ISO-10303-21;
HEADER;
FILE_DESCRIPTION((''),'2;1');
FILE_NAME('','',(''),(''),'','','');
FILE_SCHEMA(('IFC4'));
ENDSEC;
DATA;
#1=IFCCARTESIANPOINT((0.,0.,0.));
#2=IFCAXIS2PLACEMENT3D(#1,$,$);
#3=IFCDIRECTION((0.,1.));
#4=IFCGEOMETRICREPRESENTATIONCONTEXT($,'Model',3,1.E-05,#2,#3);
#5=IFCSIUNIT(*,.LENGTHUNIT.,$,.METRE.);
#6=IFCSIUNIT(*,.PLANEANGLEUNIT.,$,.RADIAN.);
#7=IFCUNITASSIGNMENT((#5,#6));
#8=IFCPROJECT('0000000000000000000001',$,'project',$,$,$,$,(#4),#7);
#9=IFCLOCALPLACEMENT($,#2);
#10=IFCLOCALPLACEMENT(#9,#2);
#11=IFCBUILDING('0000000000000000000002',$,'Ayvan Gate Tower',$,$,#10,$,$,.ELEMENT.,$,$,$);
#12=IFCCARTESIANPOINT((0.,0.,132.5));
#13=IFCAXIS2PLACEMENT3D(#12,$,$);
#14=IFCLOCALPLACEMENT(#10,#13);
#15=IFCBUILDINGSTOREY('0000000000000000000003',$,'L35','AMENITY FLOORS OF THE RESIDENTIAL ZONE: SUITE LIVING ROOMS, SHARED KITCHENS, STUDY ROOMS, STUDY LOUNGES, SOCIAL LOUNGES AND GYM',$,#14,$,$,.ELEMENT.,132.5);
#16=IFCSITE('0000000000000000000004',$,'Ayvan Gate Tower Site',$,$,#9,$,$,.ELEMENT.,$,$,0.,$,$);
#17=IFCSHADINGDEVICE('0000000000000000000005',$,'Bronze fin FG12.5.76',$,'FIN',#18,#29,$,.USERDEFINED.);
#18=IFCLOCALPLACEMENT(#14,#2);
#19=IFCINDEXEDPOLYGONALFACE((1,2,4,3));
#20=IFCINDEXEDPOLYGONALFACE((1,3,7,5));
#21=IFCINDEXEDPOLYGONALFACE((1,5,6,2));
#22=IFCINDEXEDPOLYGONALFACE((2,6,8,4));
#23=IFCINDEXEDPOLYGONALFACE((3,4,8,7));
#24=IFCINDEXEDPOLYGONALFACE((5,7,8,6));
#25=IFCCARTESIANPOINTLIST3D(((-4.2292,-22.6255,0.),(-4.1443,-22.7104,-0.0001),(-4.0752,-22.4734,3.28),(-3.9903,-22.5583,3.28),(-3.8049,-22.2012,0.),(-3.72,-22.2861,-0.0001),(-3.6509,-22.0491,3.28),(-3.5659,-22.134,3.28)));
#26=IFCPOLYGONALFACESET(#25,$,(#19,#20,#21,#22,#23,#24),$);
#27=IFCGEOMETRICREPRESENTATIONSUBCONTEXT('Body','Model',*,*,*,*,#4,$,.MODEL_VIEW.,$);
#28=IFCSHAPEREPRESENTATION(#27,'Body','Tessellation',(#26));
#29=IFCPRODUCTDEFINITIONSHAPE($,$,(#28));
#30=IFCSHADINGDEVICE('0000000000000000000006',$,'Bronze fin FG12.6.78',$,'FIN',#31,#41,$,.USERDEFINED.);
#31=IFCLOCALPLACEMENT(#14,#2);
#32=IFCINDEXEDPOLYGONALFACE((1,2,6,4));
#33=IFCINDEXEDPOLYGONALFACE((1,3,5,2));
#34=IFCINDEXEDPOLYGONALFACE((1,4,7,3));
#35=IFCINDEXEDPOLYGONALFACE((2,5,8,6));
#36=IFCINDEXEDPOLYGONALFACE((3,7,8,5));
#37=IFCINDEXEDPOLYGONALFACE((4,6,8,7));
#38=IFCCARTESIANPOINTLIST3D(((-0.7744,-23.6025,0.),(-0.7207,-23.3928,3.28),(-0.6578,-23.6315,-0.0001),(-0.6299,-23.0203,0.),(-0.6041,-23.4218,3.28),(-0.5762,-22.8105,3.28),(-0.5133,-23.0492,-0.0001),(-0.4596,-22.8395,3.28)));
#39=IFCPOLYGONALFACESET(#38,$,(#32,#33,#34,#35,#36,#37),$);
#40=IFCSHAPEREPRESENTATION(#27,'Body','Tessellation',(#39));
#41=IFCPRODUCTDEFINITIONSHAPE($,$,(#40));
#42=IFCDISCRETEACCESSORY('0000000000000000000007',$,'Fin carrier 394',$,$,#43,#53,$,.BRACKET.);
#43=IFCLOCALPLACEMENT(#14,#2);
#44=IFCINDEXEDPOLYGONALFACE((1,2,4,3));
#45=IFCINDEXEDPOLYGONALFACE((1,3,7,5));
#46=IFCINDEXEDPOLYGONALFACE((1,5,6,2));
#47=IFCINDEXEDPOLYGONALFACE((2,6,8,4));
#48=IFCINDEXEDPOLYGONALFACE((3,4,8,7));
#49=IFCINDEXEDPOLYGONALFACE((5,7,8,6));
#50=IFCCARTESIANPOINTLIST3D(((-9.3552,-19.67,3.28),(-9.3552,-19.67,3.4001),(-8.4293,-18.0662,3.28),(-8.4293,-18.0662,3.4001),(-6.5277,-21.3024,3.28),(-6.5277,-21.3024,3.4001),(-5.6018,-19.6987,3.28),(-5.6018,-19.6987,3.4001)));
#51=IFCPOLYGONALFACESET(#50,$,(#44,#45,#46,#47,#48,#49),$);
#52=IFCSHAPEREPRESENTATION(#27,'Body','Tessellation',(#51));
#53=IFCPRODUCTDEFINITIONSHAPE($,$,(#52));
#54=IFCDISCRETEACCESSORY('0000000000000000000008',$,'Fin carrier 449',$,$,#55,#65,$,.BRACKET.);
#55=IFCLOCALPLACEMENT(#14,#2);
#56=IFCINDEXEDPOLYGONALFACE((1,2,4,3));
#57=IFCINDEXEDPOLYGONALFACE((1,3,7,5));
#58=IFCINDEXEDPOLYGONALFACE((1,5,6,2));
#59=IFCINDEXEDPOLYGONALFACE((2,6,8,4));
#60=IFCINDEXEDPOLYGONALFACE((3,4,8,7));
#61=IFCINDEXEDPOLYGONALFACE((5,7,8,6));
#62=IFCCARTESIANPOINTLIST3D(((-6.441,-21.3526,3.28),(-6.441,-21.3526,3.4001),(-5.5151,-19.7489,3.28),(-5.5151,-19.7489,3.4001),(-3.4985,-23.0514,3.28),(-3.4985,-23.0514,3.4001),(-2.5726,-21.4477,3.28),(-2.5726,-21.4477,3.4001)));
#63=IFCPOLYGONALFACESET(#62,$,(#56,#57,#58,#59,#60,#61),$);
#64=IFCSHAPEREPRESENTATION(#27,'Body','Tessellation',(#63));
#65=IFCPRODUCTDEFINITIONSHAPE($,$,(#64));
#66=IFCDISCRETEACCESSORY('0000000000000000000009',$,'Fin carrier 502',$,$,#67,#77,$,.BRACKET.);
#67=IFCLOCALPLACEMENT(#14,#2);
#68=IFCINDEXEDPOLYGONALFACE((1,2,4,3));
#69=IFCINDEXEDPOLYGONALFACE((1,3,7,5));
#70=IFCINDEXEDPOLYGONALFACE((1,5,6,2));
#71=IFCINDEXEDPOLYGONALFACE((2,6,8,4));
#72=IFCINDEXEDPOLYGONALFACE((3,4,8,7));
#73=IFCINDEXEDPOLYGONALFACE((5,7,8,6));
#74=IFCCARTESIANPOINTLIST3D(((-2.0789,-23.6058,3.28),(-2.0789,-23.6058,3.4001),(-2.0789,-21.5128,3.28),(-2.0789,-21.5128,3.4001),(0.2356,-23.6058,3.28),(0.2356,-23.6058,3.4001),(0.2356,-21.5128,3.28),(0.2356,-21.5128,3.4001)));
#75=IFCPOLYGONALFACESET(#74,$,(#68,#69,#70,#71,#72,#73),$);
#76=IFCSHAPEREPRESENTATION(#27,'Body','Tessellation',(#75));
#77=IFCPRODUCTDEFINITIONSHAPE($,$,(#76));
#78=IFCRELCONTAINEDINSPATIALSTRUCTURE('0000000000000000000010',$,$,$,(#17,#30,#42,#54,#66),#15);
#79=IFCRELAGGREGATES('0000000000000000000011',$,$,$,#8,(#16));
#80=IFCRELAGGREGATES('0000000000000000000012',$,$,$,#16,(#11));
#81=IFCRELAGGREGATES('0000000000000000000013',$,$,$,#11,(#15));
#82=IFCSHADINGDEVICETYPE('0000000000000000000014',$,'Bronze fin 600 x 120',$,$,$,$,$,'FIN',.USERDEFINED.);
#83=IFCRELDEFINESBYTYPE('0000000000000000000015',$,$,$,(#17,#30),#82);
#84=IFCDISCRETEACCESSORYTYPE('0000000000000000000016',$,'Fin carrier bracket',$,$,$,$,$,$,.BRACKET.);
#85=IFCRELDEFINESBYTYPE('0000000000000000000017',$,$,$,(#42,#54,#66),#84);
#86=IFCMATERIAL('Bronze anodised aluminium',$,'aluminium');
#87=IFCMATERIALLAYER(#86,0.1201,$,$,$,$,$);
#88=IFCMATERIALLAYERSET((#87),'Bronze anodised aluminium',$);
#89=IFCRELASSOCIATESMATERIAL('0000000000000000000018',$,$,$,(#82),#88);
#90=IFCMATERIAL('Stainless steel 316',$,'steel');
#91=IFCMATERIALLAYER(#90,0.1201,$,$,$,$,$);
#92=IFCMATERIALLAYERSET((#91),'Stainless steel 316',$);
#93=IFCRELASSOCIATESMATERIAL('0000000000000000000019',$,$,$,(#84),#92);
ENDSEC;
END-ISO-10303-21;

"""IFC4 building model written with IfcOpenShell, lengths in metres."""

from ifc_helpers import new_model, si_unit, direction, frame, origin, origin_2d, place, context, subcontext, project, spatial, polyline, rectangle, outline, extrude, material, layer, layer_set, type_object, element, save


model = new_model("IFC4")

# Units and contexts
model_context = context("Model", 3, precision=1e-05, world=origin(), true_north=direction((0.0, 1.0)))
body_context = subcontext(model_context, "Body", "Model", "MODEL_VIEW")
ifc_project = project(units=[si_unit("LENGTHUNIT", "METRE"), si_unit("PLANEANGLEUNIT", "RADIAN")], contexts=[model_context])

# Site, building, storey
site_placement = place(None, origin())
site = spatial("IfcSite", under=ifc_project, at=site_placement, Name="Ayvan Gate Tower Site", CompositionType="ELEMENT", RefElevation=0.0)
building_placement = place(site_placement, origin())
building = spatial("IfcBuilding", under=site, at=building_placement, Name="Ayvan Gate Tower", CompositionType="ELEMENT")
storey_placement = place(building_placement, frame((0.0, 0.0, 132.5)))
storey = spatial("IfcBuildingStorey", under=building, at=storey_placement, Name="L35", Description="AMENITY FLOORS OF THE RESIDENTIAL ZONE: SUITE LIVING ROOMS, SHARED KITCHENS, STUDY ROOMS, STUDY LOUNGES, SOCIAL LOUNGES AND GYM", CompositionType="ELEMENT", Elevation=132.5)

# Shared definitions
ifc_material_1 = material(Name="Bronze anodised aluminium", Category="aluminium")

# Shading devices
ifc_layer_1 = layer(ifc_material_1, 0.1201)
ifc_layer_set_1 = layer_set([ifc_layer_1], Name="Bronze anodised aluminium")
shading_device_type = type_object("IfcShadingDeviceType", Name="Bronze fin 600 x 120", ElementType="FIN", PredefinedType="USERDEFINED", material=ifc_layer_set_1)
shading_device_1_placement = place(storey_placement, frame((-3.8049, -22.2012, 0.0), z_axis=(-0.707107, 0.707107, 0.000421), x_axis=(-0.707107, -0.707107, 0.0)))
element("IfcShadingDevice", 1, at=shading_device_1_placement, inside=storey, type_object=shading_device_type, Name="Bronze fin FG12.5.76", ObjectType="FIN", PredefinedType="USERDEFINED", context=body_context, shape_type="SweptSolid", body=[
    extrude(outline(polyline([(0.0, 0.0), (0.6001, 0.0), (0.3836, 3.28), (-0.2165, 3.28), (0.0, 0.0)])), origin(), (0.0, 0.0, -1.0), 0.1201),
])
shading_device_2_placement = place(storey_placement, frame((-0.6299, -23.0203, 0.0), z_axis=(-0.970548, 0.240908, 0.00049), x_axis=(-0.240908, -0.970548, 0.0)))
element("IfcShadingDevice", 2, at=shading_device_2_placement, inside=storey, type_object=shading_device_type, Name="Bronze fin FG12.6.78", ObjectType="FIN", PredefinedType="USERDEFINED", context=body_context, shape_type="SweptSolid", body=[
    extrude(outline(polyline([(0.0, 0.0), (0.5999, 0.0), (0.3835, 3.28), (-0.2165, 3.28), (0.0, 0.0)])), origin(), (0.0, 0.0, -1.0), 0.1201),
])

# Discrete accessories
ifc_material_2 = material(Name="Stainless steel 316", Category="steel")
ifc_layer_2 = layer(ifc_material_2, 0.1201)
ifc_layer_set_2 = layer_set([ifc_layer_2], Name="Stainless steel 316")
discrete_accessory_type = type_object("IfcDiscreteAccessoryType", Name="Fin carrier bracket", PredefinedType="BRACKET", material=ifc_layer_set_2)
discrete_accessory_1_placement = place(storey_placement, frame((-7.4785, -19.6843, 3.28), z_axis=(0.0, 0.0, 1.0), x_axis=(0.866025, -0.5, 0.0)))
element("IfcDiscreteAccessory", 3, at=discrete_accessory_1_placement, inside=storey, type_object=discrete_accessory_type, Name="Fin carrier 394", PredefinedType="BRACKET", context=body_context, shape_type="SweptSolid", body=[
    extrude(rectangle(XDim=3.2649, YDim=1.8518, at=origin_2d()), origin(), (0.0, 0.0, 1.0), 0.1201),
])
discrete_accessory_2_placement = place(storey_placement, frame((-4.5068, -21.4001, 3.28), z_axis=(0.0, 0.0, 1.0), x_axis=(0.866025, -0.5, 0.0)))
element("IfcDiscreteAccessory", 4, at=discrete_accessory_2_placement, inside=storey, type_object=discrete_accessory_type, Name="Fin carrier 449", PredefinedType="BRACKET", context=body_context, shape_type="SweptSolid", body=[
    extrude(rectangle(XDim=3.3977, YDim=1.8518, at=origin_2d()), origin(), (0.0, 0.0, 1.0), 0.1201),
])
discrete_accessory_3_placement = place(storey_placement, frame((-0.9216, -22.5593, 3.28), z_axis=(0.0, 0.0, 1.0), x_axis=(1.0, 0.0, 0.0)))
element("IfcDiscreteAccessory", 5, at=discrete_accessory_3_placement, inside=storey, type_object=discrete_accessory_type, Name="Fin carrier 502", PredefinedType="BRACKET", context=body_context, shape_type="SweptSolid", body=[
    extrude(rectangle(XDim=2.3145, YDim=2.093, at=origin_2d()), origin(), (0.0, 0.0, 1.0), 0.1201),
])

save(model, "model.ifc")
